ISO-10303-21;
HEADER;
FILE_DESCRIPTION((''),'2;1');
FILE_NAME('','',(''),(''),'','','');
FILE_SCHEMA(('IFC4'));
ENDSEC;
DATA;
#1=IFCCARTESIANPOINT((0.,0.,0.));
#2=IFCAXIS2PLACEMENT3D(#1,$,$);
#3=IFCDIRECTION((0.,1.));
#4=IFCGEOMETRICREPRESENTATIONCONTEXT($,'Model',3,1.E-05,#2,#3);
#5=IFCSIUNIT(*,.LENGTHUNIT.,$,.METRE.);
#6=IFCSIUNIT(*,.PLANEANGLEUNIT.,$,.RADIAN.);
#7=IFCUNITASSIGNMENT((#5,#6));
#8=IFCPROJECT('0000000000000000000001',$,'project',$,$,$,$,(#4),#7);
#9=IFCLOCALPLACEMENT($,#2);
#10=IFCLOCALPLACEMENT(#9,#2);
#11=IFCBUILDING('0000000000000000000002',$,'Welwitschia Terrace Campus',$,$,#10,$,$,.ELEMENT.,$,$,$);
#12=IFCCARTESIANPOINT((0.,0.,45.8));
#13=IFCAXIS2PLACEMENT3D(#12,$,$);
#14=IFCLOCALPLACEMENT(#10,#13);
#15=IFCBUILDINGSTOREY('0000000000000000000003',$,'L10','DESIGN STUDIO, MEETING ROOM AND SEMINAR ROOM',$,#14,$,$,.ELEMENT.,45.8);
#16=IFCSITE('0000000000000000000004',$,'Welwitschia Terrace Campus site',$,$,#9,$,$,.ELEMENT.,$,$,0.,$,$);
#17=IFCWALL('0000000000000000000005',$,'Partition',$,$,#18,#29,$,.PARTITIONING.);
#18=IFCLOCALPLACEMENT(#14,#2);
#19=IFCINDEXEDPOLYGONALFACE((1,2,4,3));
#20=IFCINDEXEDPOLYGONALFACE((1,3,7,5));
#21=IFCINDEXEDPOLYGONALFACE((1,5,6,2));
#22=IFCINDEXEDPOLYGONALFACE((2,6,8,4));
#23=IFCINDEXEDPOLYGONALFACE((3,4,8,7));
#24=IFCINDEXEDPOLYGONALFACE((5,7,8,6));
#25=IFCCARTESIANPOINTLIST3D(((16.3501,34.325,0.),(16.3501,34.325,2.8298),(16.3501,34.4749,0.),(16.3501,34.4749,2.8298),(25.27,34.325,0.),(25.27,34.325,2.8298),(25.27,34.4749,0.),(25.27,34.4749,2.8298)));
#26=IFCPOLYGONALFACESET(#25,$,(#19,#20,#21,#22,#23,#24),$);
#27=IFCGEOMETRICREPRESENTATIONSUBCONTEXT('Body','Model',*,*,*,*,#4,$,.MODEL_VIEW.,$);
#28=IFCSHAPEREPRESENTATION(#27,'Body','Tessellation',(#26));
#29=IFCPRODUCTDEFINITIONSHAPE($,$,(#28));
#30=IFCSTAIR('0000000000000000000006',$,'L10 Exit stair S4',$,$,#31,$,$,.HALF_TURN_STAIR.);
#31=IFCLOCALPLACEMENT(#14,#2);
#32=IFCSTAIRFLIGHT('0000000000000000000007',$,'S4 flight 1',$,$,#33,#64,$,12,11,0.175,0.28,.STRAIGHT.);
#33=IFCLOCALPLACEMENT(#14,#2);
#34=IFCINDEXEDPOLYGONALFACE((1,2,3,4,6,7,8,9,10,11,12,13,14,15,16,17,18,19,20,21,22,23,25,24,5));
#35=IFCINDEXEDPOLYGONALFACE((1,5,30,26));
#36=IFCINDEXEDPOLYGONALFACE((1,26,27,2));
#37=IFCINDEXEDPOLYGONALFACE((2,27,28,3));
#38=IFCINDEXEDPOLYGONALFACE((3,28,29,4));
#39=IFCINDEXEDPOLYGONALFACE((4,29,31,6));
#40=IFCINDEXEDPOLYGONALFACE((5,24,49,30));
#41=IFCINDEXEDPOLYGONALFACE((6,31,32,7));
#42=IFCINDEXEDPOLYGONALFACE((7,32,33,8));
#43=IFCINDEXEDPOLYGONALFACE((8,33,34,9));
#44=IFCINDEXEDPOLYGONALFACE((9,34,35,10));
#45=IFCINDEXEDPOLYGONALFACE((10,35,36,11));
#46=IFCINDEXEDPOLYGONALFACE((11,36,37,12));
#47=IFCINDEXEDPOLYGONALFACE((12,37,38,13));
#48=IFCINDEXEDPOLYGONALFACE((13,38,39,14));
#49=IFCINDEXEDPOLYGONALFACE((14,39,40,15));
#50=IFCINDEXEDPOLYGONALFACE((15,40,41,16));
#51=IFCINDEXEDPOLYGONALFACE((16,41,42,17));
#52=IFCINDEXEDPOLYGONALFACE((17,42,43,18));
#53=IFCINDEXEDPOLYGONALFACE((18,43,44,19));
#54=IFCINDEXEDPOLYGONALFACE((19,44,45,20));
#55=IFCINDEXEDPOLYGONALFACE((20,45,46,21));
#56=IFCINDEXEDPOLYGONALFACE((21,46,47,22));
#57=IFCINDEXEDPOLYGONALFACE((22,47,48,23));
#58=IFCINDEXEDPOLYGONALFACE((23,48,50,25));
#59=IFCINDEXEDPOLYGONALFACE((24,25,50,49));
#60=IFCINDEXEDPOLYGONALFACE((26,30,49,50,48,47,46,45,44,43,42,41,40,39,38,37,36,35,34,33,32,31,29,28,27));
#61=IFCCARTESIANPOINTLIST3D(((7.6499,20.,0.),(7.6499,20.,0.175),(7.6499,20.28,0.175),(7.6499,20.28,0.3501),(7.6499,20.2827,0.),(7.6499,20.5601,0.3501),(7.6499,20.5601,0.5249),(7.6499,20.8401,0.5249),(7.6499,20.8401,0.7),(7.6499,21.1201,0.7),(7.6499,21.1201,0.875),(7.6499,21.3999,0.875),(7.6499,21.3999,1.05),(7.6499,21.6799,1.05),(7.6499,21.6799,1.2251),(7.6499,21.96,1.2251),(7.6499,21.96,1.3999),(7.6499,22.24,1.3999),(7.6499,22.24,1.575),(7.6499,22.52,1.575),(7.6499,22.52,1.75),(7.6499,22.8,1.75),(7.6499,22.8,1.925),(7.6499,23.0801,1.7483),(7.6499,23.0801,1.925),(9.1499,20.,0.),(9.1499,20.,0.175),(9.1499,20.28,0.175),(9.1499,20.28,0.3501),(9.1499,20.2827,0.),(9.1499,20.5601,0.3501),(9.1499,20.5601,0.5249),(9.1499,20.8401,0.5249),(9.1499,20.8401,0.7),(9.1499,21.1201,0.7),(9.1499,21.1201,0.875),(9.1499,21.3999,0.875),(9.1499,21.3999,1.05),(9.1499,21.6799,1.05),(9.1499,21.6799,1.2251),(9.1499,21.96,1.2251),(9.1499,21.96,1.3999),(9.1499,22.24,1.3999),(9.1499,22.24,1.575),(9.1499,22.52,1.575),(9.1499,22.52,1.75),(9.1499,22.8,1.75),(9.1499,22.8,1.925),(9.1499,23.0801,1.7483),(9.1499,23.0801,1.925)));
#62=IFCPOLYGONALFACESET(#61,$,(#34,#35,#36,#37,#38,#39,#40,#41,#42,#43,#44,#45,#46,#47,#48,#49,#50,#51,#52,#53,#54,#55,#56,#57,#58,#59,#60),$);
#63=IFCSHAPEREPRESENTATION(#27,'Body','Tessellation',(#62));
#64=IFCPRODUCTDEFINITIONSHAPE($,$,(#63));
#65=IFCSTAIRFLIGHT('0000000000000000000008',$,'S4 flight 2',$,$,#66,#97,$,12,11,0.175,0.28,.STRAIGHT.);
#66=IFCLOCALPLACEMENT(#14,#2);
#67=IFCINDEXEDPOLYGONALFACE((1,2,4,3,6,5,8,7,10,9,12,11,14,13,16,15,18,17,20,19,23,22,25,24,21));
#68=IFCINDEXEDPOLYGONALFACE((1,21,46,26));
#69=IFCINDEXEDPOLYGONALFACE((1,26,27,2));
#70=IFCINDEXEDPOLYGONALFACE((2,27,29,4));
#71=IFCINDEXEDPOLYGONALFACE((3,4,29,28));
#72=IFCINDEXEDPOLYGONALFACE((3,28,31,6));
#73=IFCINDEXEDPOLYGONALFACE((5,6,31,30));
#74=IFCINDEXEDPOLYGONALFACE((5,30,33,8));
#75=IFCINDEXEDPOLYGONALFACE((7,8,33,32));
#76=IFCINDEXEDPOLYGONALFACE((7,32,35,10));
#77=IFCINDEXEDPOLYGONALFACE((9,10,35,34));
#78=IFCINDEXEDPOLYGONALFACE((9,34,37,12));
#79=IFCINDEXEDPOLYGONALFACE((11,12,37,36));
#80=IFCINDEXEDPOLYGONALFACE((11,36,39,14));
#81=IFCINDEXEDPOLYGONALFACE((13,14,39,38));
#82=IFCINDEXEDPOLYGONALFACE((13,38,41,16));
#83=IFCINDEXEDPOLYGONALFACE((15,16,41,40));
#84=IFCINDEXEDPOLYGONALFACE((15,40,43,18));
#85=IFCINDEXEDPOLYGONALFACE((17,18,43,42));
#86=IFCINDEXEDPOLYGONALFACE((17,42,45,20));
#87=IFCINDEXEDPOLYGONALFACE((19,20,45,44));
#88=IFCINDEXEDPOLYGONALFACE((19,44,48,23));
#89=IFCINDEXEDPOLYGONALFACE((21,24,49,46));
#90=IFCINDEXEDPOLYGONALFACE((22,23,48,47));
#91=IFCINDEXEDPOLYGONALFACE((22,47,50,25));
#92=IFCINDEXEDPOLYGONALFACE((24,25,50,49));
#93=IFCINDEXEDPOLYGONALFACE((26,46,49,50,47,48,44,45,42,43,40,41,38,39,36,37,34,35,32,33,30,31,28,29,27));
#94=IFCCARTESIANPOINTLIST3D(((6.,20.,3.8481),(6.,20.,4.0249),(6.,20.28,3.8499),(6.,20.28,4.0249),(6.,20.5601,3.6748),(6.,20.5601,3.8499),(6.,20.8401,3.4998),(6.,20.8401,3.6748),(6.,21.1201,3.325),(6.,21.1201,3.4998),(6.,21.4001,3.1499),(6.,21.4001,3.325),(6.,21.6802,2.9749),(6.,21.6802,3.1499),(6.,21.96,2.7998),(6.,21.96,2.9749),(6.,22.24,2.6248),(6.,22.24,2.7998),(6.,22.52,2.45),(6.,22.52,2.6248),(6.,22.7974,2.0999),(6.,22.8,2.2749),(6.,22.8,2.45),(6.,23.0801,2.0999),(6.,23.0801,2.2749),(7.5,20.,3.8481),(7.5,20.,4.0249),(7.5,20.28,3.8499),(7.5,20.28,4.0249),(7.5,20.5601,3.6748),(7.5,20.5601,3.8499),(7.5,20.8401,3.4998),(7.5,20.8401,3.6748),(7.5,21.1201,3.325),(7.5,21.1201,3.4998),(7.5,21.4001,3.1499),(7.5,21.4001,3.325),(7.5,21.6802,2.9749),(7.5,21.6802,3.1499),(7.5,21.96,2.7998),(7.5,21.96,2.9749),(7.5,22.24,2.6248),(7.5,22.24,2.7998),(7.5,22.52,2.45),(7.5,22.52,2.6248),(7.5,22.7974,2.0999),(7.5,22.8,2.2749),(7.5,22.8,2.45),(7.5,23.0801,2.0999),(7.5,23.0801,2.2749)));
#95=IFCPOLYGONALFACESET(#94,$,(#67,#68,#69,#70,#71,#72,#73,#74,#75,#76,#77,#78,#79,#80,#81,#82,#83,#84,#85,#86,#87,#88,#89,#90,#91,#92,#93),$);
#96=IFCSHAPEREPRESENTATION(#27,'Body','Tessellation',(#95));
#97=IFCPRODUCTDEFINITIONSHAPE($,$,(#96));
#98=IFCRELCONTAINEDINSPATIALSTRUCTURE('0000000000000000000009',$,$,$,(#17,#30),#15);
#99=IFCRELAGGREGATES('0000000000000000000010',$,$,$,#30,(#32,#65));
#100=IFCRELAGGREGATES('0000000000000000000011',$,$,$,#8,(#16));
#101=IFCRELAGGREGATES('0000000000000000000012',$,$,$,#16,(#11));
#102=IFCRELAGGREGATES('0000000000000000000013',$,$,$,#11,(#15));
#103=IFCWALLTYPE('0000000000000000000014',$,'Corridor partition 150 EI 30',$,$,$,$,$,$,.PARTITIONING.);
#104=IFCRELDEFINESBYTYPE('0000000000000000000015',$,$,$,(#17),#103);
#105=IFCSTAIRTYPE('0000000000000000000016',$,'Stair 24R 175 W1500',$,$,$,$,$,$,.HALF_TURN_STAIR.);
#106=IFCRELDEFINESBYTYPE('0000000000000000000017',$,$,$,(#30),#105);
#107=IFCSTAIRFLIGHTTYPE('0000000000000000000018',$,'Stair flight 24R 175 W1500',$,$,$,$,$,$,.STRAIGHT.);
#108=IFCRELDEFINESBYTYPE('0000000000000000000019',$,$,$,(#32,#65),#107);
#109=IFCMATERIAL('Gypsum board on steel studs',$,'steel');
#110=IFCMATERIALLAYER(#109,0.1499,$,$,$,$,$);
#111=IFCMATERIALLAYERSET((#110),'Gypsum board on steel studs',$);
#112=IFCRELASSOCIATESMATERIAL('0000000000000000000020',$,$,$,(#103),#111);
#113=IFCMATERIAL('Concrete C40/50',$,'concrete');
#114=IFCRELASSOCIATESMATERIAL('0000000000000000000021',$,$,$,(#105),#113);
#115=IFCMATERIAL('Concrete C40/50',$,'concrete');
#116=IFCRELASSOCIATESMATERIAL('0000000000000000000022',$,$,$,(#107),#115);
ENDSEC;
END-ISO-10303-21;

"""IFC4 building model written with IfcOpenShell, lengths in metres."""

from ifc_helpers import new_model, si_unit, direction, frame, frame_2d, origin, place, context, subcontext, project, spatial, polyline, rectangle, outline, extrude, material, layer, layer_set, type_object, element, aggregate, save


model = new_model("IFC4")

# Units and contexts
model_context = context("Model", 3, precision=1e-05, world=origin(), true_north=direction((0.0, 1.0)))
body_context = subcontext(model_context, "Body", "Model", "MODEL_VIEW")
ifc_project = project(units=[si_unit("LENGTHUNIT", "METRE"), si_unit("PLANEANGLEUNIT", "RADIAN")], contexts=[model_context])

# Site, building, storey
site_placement = place(None, origin())
site = spatial("IfcSite", under=ifc_project, at=site_placement, Name="Welwitschia Terrace Campus site", CompositionType="ELEMENT", RefElevation=0.0)
building_placement = place(site_placement, origin())
building = spatial("IfcBuilding", under=site, at=building_placement, Name="Welwitschia Terrace Campus", CompositionType="ELEMENT")
storey_placement = place(building_placement, frame((0.0, 0.0, 45.8)))
storey = spatial("IfcBuildingStorey", under=building, at=storey_placement, Name="L10", Description="DESIGN STUDIO, MEETING ROOM AND SEMINAR ROOM", CompositionType="ELEMENT", Elevation=45.8)

# Shared definitions
ifc_material_1 = material(Name="Gypsum board on steel studs", Category="steel")
ifc_layer_1 = layer(ifc_material_1, 0.1499)
ifc_layer_set_1 = layer_set([ifc_layer_1], Name="Gypsum board on steel studs")
wall_type_1 = type_object("IfcWallType", Name="Corridor partition 150 EI 30", PredefinedType="PARTITIONING", material=ifc_layer_set_1)

# Wall
wall_1_placement = place(storey_placement, frame((16.3501, 34.3999, 0.0), z_axis=(0.0, 0.0, 1.0), x_axis=(1.0, 0.0, 0.0)))
element("IfcWall", 1, at=wall_1_placement, inside=storey, type_object=wall_type_1, Name="Partition", PredefinedType="PARTITIONING", context=body_context, shape_type="SweptSolid", body=[
    extrude(rectangle(XDim=8.9199, YDim=0.1499, at=frame_2d((4.46, 0.0))), origin(), (0.0, 0.0, 1.0), 2.8298),
])

# Stair, stair flights
ifc_material_2 = material(Name="Concrete C40/50", Category="concrete")
stair_type = type_object("IfcStairType", Name="Stair 24R 175 W1500", PredefinedType="HALF_TURN_STAIR", material=ifc_material_2)
stair_placement = place(storey_placement, origin())
stair = element("IfcStair", 2, at=stair_placement, inside=storey, type_object=stair_type, Name="L10 Exit stair S4", PredefinedType="HALF_TURN_STAIR")
ifc_material_3 = material(Name="Concrete C40/50", Category="concrete")
stair_flight_type = type_object("IfcStairFlightType", Name="Stair flight 24R 175 W1500", PredefinedType="STRAIGHT", material=ifc_material_3)
stair_flight_1_placement = place(storey_placement, frame((8.3999, 20.0, 0.0), z_axis=(0.0, 0.0, 1.0), x_axis=(0.0, 1.0, 0.0)))
stair_flight_1 = element("IfcStairFlight", 3, at=stair_flight_1_placement, type_object=stair_flight_type, Name="S4 flight 1", NumberOfRisers=12, NumberOfTreads=11, PredefinedType="STRAIGHT", RiserHeight=0.175, TreadLength=0.28, context=body_context, shape_type="SweptSolid", body=[
    extrude(outline(polyline([(0.0, 0.0), (0.0, 0.175), (0.28, 0.175), (0.28, 0.3501), (0.5601, 0.3501), (0.5601, 0.5249), (0.8401, 0.5249), (0.8401, 0.7), (1.1201, 0.7), (1.1201, 0.875), (1.3999, 0.875), (1.3999, 1.05), (1.6799, 1.05), (1.6799, 1.2251), (1.96, 1.2251), (1.96, 1.3999), (2.24, 1.3999), (2.24, 1.575), (2.52, 1.575), (2.52, 1.75), (2.8, 1.75), (2.8, 1.925), (3.0801, 1.925), (3.0801, 2.1001), (3.0801, 1.7483), (0.2827, 0.0), (0.0, 0.0)])), frame((0.0, 0.75, 0.0), z_axis=(0.0, -1.0, 0.0), x_axis=(1.0, 0.0, 0.0)), (0.0, 0.0, 1.0), 1.5),
])
stair_flight_2_placement = place(storey_placement, frame((6.75, 23.0801, 2.0999), z_axis=(0.0, 0.0, 1.0), x_axis=(0.0, -1.0, 0.0)))
stair_flight_2 = element("IfcStairFlight", 4, at=stair_flight_2_placement, type_object=stair_flight_type, Name="S4 flight 2", NumberOfRisers=12, NumberOfTreads=11, PredefinedType="STRAIGHT", RiserHeight=0.175, TreadLength=0.28, context=body_context, shape_type="SweptSolid", body=[
    extrude(outline(polyline([(0.0, 0.0), (0.0, 0.175), (0.28, 0.175), (0.28, 0.3501), (0.5601, 0.3501), (0.5601, 0.5249), (0.8401, 0.5249), (0.8401, 0.7), (1.1201, 0.7), (1.1201, 0.875), (1.3999, 0.875), (1.3999, 1.05), (1.6799, 1.05), (1.6799, 1.2251), (1.96, 1.2251), (1.96, 1.3999), (2.24, 1.3999), (2.24, 1.575), (2.52, 1.575), (2.52, 1.75), (2.8, 1.75), (2.8, 1.925), (3.0801, 1.925), (3.0801, 2.1001), (3.0801, 1.7483), (0.2827, 0.0), (0.0, 0.0)])), frame((0.0, 0.75, 0.0), z_axis=(0.0, -1.0, 0.0), x_axis=(1.0, 0.0, 0.0)), (0.0, 0.0, 1.0), 1.5),
])
aggregate(stair, [stair_flight_1, stair_flight_2])

save(model, "model.ifc")
